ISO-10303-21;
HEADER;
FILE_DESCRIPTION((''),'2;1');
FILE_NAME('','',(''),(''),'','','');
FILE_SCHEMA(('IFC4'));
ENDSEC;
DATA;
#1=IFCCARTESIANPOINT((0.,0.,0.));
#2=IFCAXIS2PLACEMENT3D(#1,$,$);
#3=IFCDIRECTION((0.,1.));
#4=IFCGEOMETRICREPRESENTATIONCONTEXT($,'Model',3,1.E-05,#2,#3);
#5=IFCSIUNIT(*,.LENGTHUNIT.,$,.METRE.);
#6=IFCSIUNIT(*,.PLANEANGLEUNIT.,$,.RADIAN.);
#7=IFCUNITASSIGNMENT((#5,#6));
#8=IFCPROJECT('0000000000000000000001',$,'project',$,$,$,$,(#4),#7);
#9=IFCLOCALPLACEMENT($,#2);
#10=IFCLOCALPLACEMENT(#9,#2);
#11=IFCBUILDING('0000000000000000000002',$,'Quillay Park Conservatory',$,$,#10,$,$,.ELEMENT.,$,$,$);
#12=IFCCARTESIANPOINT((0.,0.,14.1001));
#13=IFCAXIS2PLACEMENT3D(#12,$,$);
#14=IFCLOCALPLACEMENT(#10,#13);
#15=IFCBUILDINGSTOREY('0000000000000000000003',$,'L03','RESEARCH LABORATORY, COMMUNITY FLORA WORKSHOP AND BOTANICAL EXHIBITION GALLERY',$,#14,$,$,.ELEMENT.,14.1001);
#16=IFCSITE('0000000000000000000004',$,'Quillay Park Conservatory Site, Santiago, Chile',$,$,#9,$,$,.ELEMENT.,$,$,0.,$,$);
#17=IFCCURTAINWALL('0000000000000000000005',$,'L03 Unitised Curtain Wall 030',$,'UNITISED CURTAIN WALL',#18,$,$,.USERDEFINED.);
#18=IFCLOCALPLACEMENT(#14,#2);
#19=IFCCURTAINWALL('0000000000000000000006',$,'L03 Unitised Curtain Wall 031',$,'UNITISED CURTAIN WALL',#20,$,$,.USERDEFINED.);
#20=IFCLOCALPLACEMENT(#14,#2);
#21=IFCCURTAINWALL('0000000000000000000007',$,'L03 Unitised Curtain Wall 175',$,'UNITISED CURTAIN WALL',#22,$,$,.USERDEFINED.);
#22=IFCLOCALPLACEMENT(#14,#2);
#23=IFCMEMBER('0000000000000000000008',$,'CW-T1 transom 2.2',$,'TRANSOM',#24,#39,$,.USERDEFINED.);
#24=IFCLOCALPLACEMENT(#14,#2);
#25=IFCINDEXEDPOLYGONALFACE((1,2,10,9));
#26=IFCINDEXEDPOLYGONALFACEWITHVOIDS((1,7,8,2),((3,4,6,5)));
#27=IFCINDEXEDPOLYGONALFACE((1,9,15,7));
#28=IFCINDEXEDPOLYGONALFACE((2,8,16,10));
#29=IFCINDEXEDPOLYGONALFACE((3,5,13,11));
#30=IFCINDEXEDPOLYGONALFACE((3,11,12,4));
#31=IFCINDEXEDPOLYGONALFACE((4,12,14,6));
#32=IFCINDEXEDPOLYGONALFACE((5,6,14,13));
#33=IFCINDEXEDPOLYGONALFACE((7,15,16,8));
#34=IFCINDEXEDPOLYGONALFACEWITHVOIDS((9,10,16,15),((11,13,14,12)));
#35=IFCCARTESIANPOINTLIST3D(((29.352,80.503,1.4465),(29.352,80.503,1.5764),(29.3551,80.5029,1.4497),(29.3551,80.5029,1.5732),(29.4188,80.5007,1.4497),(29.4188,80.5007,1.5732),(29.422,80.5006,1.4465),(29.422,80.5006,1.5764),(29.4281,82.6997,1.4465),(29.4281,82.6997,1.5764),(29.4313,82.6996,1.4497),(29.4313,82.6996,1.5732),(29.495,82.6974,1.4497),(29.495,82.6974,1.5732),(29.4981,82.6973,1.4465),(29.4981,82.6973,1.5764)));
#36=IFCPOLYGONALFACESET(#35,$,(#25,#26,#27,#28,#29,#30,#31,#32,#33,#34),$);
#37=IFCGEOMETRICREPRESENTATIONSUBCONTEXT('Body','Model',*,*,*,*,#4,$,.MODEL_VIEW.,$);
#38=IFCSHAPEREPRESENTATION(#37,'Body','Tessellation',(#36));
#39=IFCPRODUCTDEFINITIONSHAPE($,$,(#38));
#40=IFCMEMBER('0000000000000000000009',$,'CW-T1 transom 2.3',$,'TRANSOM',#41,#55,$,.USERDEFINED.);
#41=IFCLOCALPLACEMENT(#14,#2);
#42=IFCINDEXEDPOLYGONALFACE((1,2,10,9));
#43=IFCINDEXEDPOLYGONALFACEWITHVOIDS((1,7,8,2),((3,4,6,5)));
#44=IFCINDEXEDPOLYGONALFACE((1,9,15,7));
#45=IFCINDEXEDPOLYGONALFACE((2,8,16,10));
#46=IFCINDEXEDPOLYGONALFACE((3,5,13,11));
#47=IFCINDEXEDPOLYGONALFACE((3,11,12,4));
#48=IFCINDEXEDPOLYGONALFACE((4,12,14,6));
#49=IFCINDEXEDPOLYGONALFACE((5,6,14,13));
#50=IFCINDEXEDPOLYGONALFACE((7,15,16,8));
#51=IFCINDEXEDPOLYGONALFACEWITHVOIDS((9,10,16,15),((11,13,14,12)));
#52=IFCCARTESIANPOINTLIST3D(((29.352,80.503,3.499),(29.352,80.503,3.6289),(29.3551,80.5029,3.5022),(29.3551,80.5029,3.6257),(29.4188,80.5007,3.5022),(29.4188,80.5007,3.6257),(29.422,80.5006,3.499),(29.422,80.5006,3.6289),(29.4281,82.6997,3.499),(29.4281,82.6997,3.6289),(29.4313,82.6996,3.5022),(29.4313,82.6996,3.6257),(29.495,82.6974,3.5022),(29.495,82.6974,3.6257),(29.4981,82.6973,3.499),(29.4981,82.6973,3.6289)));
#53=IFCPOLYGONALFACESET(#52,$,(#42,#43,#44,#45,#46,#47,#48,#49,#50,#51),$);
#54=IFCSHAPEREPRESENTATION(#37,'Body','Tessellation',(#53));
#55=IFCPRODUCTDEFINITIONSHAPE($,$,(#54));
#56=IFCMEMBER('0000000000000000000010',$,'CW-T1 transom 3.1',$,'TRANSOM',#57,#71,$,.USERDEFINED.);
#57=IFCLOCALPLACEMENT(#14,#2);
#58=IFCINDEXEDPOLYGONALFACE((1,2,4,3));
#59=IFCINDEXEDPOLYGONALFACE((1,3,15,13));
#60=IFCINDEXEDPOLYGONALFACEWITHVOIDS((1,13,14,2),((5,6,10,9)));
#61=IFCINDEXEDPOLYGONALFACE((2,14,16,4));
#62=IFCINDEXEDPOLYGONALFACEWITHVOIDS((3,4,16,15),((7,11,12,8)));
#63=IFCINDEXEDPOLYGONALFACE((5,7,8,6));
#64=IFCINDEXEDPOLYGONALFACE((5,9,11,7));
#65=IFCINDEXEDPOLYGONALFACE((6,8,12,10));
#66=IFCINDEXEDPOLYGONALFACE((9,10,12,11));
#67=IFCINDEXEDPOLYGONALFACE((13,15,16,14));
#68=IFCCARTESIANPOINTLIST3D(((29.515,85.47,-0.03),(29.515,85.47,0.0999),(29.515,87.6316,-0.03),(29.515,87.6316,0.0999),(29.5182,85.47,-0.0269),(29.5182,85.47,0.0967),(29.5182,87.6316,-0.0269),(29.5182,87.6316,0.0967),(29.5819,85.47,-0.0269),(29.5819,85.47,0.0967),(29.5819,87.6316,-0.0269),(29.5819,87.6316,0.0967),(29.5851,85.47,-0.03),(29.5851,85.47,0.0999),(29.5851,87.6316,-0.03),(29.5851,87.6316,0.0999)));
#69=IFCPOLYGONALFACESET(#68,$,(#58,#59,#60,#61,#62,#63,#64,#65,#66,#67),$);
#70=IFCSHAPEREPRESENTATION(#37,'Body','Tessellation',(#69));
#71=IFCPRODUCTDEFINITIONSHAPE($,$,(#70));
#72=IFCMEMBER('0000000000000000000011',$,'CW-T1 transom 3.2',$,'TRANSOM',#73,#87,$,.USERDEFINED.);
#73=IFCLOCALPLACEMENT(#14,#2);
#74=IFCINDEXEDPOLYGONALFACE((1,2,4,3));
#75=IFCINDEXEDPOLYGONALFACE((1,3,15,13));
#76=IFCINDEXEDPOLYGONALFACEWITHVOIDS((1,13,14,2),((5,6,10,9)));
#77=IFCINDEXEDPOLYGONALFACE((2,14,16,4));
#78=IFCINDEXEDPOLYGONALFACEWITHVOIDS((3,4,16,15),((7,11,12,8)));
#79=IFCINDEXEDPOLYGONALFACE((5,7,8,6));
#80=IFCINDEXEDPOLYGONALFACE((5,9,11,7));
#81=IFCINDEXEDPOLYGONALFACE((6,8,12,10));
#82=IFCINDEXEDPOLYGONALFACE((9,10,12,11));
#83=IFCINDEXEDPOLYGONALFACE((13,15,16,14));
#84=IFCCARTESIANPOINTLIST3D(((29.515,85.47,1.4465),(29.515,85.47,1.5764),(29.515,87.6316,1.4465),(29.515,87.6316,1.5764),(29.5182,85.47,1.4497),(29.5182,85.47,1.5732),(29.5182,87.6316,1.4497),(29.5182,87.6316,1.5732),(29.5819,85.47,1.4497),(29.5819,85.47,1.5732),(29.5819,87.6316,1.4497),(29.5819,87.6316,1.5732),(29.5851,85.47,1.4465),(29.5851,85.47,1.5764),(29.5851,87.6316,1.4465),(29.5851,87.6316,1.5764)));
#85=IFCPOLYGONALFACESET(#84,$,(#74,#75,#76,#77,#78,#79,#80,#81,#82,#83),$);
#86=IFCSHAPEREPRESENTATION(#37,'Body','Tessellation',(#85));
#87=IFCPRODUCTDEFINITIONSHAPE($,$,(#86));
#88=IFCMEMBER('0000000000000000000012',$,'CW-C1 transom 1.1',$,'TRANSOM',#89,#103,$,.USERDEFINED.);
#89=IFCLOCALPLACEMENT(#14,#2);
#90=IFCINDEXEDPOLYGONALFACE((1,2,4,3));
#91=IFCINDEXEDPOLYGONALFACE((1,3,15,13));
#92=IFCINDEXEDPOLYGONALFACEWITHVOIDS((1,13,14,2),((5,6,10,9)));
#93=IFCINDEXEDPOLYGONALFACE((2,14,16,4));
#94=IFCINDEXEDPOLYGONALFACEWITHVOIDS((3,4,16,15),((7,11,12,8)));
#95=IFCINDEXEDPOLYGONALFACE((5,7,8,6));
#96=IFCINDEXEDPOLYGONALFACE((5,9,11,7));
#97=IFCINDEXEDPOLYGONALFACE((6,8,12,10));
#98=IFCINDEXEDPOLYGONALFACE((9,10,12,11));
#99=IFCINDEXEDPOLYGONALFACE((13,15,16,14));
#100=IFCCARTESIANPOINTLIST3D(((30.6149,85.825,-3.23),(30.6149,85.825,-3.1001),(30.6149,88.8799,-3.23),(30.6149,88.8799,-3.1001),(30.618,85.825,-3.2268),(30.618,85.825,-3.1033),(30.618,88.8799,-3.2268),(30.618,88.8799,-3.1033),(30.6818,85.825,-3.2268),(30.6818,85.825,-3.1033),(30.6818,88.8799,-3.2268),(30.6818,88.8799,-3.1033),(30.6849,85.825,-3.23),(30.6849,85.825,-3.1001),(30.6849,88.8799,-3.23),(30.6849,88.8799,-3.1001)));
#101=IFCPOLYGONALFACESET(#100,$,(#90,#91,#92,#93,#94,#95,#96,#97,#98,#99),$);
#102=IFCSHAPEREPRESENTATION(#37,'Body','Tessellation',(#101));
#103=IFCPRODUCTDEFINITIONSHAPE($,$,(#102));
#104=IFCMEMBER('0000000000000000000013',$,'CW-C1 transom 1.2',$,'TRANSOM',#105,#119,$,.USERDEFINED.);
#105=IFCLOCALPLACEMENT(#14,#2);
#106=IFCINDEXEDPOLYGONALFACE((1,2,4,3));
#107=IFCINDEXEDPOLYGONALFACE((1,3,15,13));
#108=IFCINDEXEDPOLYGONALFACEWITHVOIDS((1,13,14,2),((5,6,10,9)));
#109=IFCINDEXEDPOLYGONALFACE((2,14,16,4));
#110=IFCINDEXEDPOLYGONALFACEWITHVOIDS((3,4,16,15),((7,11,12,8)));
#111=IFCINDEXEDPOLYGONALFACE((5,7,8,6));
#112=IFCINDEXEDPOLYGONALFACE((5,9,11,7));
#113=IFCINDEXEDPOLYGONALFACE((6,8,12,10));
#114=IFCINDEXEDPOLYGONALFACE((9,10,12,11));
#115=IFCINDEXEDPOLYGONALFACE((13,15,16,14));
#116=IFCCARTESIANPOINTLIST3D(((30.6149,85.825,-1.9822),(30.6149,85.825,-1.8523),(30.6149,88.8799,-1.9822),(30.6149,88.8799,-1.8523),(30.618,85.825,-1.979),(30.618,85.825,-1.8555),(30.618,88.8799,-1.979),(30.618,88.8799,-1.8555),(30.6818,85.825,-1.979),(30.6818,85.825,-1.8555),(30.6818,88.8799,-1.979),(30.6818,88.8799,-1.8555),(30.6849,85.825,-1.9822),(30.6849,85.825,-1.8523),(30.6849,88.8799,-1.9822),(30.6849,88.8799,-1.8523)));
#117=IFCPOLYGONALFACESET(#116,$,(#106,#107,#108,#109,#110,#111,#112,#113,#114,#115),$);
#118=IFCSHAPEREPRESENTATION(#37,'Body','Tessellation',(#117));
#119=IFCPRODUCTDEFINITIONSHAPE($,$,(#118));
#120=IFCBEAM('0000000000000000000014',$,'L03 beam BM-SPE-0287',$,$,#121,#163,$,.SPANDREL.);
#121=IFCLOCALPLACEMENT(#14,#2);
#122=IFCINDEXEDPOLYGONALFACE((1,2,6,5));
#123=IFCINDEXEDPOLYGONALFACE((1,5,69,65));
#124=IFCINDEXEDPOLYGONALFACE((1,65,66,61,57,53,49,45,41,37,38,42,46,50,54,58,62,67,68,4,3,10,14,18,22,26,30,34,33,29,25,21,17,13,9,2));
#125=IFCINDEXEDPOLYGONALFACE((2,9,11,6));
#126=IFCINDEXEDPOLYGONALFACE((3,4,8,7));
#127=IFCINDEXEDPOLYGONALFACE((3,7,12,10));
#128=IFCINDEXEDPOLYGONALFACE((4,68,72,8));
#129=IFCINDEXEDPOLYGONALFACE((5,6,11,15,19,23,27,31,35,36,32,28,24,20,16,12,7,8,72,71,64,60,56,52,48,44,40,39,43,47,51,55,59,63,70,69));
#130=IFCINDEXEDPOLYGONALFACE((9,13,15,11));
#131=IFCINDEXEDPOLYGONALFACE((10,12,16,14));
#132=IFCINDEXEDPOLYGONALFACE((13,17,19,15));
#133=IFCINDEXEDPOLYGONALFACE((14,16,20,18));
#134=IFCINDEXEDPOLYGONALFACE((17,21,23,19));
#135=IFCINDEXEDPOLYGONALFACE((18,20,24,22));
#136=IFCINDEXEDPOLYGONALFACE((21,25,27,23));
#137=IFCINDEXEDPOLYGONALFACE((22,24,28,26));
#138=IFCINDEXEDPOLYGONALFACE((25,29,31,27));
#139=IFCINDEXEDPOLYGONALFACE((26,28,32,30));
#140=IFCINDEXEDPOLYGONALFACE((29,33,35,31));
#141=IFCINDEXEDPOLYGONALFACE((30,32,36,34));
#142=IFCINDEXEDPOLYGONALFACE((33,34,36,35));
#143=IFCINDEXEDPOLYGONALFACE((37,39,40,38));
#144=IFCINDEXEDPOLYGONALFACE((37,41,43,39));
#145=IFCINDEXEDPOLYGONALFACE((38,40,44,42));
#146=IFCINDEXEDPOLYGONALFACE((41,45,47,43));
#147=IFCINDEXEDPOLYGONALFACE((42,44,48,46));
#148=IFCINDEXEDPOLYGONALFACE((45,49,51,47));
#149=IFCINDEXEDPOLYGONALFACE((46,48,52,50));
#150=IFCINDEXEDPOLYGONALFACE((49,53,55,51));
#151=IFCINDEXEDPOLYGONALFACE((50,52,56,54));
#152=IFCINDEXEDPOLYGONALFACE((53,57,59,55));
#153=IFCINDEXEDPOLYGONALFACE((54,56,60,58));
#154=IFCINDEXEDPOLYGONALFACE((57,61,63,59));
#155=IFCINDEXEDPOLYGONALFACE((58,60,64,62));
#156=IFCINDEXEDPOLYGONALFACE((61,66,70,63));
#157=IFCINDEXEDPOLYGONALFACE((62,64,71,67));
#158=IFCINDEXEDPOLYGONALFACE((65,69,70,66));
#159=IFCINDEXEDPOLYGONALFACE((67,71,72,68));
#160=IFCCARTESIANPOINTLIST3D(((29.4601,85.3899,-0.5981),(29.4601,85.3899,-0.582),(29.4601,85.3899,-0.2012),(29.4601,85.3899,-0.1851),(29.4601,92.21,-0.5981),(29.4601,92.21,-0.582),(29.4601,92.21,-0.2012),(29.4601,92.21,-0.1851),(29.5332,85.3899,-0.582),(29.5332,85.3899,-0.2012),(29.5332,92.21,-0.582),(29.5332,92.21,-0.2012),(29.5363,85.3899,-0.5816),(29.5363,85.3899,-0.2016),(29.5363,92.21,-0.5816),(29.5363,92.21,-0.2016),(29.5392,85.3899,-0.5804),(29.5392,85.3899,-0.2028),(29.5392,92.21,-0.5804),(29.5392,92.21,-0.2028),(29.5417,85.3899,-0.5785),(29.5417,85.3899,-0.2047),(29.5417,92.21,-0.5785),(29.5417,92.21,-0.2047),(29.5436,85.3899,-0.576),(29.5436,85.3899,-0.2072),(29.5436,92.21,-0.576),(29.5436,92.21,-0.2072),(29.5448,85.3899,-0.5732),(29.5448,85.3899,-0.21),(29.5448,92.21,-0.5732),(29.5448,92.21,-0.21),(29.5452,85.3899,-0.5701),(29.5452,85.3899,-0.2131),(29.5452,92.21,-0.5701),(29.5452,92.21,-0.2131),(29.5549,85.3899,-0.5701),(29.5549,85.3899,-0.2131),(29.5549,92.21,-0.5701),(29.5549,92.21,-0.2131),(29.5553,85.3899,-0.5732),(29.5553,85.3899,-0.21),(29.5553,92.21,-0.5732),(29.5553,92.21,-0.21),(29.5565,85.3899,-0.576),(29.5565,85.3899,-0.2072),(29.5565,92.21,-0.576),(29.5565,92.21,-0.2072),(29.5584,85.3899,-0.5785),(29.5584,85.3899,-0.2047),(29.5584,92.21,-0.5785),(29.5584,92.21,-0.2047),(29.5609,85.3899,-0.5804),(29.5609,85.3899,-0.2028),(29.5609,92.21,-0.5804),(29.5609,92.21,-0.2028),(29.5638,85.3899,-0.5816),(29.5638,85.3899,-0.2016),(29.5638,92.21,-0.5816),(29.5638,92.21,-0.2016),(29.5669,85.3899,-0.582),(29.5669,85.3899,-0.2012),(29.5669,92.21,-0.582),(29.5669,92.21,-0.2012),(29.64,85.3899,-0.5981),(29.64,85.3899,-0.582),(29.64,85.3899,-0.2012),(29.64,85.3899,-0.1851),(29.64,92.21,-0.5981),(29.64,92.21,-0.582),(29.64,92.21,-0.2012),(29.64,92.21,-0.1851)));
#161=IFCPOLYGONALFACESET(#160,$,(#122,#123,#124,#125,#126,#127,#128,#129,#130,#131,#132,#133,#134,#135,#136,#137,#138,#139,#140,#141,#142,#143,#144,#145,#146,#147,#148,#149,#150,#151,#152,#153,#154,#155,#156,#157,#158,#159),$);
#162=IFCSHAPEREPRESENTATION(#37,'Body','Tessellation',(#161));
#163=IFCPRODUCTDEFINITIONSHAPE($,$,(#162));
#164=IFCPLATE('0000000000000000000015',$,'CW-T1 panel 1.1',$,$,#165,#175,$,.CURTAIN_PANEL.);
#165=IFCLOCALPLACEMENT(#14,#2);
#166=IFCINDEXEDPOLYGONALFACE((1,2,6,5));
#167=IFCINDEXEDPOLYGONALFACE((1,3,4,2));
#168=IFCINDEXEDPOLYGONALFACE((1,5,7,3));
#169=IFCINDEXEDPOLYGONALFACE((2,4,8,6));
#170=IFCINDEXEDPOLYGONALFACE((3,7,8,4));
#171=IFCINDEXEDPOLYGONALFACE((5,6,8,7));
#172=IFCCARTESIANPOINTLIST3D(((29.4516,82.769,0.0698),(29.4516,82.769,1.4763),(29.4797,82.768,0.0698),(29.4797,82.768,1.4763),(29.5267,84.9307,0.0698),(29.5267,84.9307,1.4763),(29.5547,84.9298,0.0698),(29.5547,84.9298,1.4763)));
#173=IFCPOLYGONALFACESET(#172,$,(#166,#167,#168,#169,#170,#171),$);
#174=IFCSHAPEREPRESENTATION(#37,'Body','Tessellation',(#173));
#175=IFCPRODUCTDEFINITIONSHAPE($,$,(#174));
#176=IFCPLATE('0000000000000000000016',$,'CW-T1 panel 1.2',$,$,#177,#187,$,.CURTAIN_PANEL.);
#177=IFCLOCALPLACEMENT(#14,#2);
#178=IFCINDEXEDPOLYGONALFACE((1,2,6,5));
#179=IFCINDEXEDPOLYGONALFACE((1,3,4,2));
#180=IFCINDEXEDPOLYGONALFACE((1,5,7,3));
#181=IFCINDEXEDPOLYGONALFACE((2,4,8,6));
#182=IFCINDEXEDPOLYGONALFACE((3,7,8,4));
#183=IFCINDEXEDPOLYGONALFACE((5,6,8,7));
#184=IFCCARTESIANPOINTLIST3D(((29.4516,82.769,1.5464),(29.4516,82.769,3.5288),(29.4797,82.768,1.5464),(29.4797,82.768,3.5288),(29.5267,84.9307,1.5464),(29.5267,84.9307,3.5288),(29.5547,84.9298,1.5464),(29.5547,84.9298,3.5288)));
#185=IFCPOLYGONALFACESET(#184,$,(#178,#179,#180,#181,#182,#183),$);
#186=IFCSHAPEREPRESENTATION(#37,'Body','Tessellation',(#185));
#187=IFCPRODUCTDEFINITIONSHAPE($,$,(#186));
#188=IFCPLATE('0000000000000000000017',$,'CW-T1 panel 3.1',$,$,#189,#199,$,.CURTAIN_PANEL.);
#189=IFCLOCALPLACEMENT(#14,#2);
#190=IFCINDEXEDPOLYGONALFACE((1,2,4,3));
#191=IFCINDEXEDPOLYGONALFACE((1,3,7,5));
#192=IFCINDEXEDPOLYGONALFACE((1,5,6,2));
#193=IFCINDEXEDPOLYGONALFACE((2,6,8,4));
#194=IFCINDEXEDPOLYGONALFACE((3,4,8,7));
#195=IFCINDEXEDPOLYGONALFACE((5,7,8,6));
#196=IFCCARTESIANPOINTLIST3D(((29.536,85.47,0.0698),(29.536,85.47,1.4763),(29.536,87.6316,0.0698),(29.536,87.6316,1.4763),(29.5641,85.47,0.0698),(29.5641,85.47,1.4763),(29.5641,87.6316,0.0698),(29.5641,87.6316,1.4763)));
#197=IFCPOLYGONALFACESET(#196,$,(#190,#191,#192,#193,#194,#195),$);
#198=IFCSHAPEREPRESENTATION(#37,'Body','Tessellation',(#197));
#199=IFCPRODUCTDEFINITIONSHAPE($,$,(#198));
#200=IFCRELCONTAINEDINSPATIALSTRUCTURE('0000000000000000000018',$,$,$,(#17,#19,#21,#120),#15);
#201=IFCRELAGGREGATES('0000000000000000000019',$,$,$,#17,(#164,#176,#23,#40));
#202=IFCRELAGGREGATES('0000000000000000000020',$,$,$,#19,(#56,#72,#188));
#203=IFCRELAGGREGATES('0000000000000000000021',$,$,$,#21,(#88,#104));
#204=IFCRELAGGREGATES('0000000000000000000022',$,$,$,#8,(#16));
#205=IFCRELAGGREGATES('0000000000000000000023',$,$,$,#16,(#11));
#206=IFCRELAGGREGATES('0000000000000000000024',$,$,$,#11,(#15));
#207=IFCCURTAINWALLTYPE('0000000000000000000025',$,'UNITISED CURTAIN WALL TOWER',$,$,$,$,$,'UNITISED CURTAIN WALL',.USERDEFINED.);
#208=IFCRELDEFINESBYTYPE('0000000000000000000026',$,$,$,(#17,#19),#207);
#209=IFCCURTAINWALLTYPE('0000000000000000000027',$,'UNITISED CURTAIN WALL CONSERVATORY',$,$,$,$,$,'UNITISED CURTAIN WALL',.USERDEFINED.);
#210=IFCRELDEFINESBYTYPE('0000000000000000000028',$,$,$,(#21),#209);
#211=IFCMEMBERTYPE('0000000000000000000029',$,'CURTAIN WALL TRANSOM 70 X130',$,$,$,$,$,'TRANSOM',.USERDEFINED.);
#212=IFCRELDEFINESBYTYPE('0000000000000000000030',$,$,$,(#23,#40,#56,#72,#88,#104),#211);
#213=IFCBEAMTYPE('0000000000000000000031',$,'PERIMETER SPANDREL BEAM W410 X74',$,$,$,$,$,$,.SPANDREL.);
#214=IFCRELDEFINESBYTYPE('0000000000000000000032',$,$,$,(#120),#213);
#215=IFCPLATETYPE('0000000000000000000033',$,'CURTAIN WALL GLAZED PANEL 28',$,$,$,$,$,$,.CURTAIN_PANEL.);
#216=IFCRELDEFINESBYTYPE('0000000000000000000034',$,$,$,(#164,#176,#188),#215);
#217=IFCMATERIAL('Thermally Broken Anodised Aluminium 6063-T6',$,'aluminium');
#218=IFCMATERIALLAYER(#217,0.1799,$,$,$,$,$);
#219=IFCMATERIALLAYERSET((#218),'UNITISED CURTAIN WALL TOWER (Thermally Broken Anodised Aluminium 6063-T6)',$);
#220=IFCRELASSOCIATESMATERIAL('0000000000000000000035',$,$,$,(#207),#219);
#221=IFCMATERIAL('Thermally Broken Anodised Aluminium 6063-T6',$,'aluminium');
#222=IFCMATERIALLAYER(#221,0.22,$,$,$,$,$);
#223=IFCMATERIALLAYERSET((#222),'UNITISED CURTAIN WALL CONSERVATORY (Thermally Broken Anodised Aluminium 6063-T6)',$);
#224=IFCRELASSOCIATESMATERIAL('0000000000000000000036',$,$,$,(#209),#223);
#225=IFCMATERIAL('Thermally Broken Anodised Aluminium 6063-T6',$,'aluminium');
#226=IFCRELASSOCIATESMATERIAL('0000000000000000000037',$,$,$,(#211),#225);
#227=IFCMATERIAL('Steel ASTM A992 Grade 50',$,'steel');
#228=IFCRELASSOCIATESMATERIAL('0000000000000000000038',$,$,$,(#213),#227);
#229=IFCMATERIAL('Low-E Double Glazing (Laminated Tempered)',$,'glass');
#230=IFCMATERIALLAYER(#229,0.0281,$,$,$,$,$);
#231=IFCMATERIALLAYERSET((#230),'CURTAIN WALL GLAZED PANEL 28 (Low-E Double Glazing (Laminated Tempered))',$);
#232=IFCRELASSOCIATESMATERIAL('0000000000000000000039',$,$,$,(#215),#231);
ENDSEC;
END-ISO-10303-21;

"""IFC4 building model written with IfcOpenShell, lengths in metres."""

from ifc_helpers import new_model, si_unit, direction, frame, origin, origin_2d, place, context, subcontext, project, spatial, rectangle, hollow_rectangle, i_section, extrude, material, layer, layer_set, material_profile, profile_set, type_object, element, aggregate, save


model = new_model("IFC4")

# Units and contexts
model_context = context("Model", 3, precision=1e-05, world=origin(), true_north=direction((0.0, 1.0)))
body_context = subcontext(model_context, "Body", "Model", "MODEL_VIEW")
ifc_project = project(units=[si_unit("LENGTHUNIT", "METRE"), si_unit("PLANEANGLEUNIT", "RADIAN")], contexts=[model_context])

# Site, building, storey
site_placement = place(None, origin())
site = spatial("IfcSite", under=ifc_project, at=site_placement, Name="Quillay Park Conservatory Site, Santiago, Chile", CompositionType="ELEMENT", RefElevation=0.0)
building_placement = place(site_placement, origin())
building = spatial("IfcBuilding", under=site, at=building_placement, Name="Quillay Park Conservatory", CompositionType="ELEMENT")
storey_placement = place(building_placement, frame((0.0, 0.0, 14.1001)))
storey = spatial("IfcBuildingStorey", under=building, at=storey_placement, Name="L03", Description="RESEARCH LABORATORY, COMMUNITY FLORA WORKSHOP AND BOTANICAL EXHIBITION GALLERY", CompositionType="ELEMENT", Elevation=14.1001)

# Curtain wall
ifc_material_1 = material(Name="Thermally Broken Anodised Aluminium 6063-T6", Category="aluminium")
ifc_layer_1 = layer(ifc_material_1, 0.1799)
ifc_layer_set_1 = layer_set([ifc_layer_1], Name="UNITISED CURTAIN WALL TOWER (Thermally Broken Anodised Aluminium 6063-T6)")
curtain_wall_type_1 = type_object("IfcCurtainWallType", Name="UNITISED CURTAIN WALL TOWER", ElementType="UNITISED CURTAIN WALL", PredefinedType="USERDEFINED", material=ifc_layer_set_1)
curtain_wall_1_placement = place(storey_placement, origin())
curtain_wall_1 = element("IfcCurtainWall", 1, at=curtain_wall_1_placement, inside=storey, type_object=curtain_wall_type_1, Name="L03 Unitised Curtain Wall 030", ObjectType="UNITISED CURTAIN WALL", PredefinedType="USERDEFINED")

# Curtain walls
curtain_wall_2_placement = place(storey_placement, origin())
curtain_wall_2 = element("IfcCurtainWall", 2, at=curtain_wall_2_placement, inside=storey, type_object=curtain_wall_type_1, Name="L03 Unitised Curtain Wall 031", ObjectType="UNITISED CURTAIN WALL", PredefinedType="USERDEFINED")
ifc_material_2 = material(Name="Thermally Broken Anodised Aluminium 6063-T6", Category="aluminium")
ifc_layer_2 = layer(ifc_material_2, 0.22)
ifc_layer_set_2 = layer_set([ifc_layer_2], Name="UNITISED CURTAIN WALL CONSERVATORY (Thermally Broken Anodised Aluminium 6063-T6)")
curtain_wall_type_2 = type_object("IfcCurtainWallType", Name="UNITISED CURTAIN WALL CONSERVATORY", ElementType="UNITISED CURTAIN WALL", PredefinedType="USERDEFINED", material=ifc_layer_set_2)
curtain_wall_3_placement = place(storey_placement, origin())
curtain_wall_3 = element("IfcCurtainWall", 3, at=curtain_wall_3_placement, inside=storey, type_object=curtain_wall_type_2, Name="L03 Unitised Curtain Wall 175", ObjectType="UNITISED CURTAIN WALL", PredefinedType="USERDEFINED")

# Members
ifc_material_3 = material(Name="Thermally Broken Anodised Aluminium 6063-T6", Category="aluminium")
ifc_material_profile_1 = material_profile(ifc_material_3, hollow_rectangle(XDim=0.0701, YDim=0.1299, WallThickness=0.0032, at=origin_2d()), Name="AL70x130x3.2")
ifc_profile_set_1 = profile_set([ifc_material_profile_1], Name="Thermally Broken Anodised Aluminium 6063-T6")
member_type_1 = type_object("IfcMemberType", Name="CURTAIN WALL TRANSOM 70 X130", ElementType="TRANSOM", PredefinedType="USERDEFINED", material=ifc_profile_set_1)
member_1_placement = place(storey_placement, frame((29.4631, 82.6985, 1.5115), z_axis=(-0.034654, -0.999399, 0.0), x_axis=(0.999399, -0.034654, 0.0)))
member_1 = element("IfcMember", 4, at=member_1_placement, type_object=member_type_1, Name="CW-T1 transom 2.2", ObjectType="TRANSOM", PredefinedType="USERDEFINED", context=body_context, shape_type="SweptSolid", body=[
    extrude(hollow_rectangle(XDim=0.0701, YDim=0.1299, WallThickness=0.0032, at=origin_2d()), origin(), (0.0, 0.0, 1.0), 2.198),
])
member_2_placement = place(storey_placement, frame((29.4631, 82.6985, 3.564), z_axis=(-0.034654, -0.999399, 0.0), x_axis=(0.999399, -0.034654, 0.0)))
member_2 = element("IfcMember", 5, at=member_2_placement, type_object=member_type_1, Name="CW-T1 transom 2.3", ObjectType="TRANSOM", PredefinedType="USERDEFINED", context=body_context, shape_type="SweptSolid", body=[
    extrude(hollow_rectangle(XDim=0.0701, YDim=0.1299, WallThickness=0.0032, at=origin_2d()), origin(), (0.0, 0.0, 1.0), 2.198),
])
member_3_placement = place(storey_placement, frame((29.55, 87.6316, 0.0349), z_axis=(0.0, -1.0, 0.0), x_axis=(1.0, 0.0, 0.0)))
member_3 = element("IfcMember", 6, at=member_3_placement, type_object=member_type_1, Name="CW-T1 transom 3.1", ObjectType="TRANSOM", PredefinedType="USERDEFINED", context=body_context, shape_type="SweptSolid", body=[
    extrude(hollow_rectangle(XDim=0.0701, YDim=0.1299, WallThickness=0.0032, at=origin_2d()), origin(), (0.0, 0.0, 1.0), 2.1616),
])
member_4_placement = place(storey_placement, frame((29.55, 87.6316, 1.5115), z_axis=(0.0, -1.0, 0.0), x_axis=(1.0, 0.0, 0.0)))
member_4 = element("IfcMember", 7, at=member_4_placement, type_object=member_type_1, Name="CW-T1 transom 3.2", ObjectType="TRANSOM", PredefinedType="USERDEFINED", context=body_context, shape_type="SweptSolid", body=[
    extrude(hollow_rectangle(XDim=0.0701, YDim=0.1299, WallThickness=0.0032, at=origin_2d()), origin(), (0.0, 0.0, 1.0), 2.1616),
])
member_5_placement = place(storey_placement, frame((30.6499, 85.825, -3.165), z_axis=(0.0, 1.0, 0.0), x_axis=(-1.0, 0.0, 0.0)))
member_5 = element("IfcMember", 8, at=member_5_placement, type_object=member_type_1, Name="CW-C1 transom 1.1", ObjectType="TRANSOM", PredefinedType="USERDEFINED", context=body_context, shape_type="SweptSolid", body=[
    extrude(hollow_rectangle(XDim=0.0701, YDim=0.1299, WallThickness=0.0032, at=origin_2d()), origin(), (0.0, 0.0, 1.0), 3.0549),
])
member_6_placement = place(storey_placement, frame((30.6499, 85.825, -1.9172), z_axis=(0.0, 1.0, 0.0), x_axis=(-1.0, 0.0, 0.0)))
member_6 = element("IfcMember", 9, at=member_6_placement, type_object=member_type_1, Name="CW-C1 transom 1.2", ObjectType="TRANSOM", PredefinedType="USERDEFINED", context=body_context, shape_type="SweptSolid", body=[
    extrude(hollow_rectangle(XDim=0.0701, YDim=0.1299, WallThickness=0.0032, at=origin_2d()), origin(), (0.0, 0.0, 1.0), 3.0549),
])

# Beam
ifc_material_4 = material(Name="Steel ASTM A992 Grade 50", Category="steel")
ifc_material_profile_2 = material_profile(ifc_material_4, i_section(OverallWidth=0.1799, OverallDepth=0.4131, WebThickness=0.0098, FlangeThickness=0.0161, FilletRadius=0.012, at=origin_2d()), Name="W410x74")
ifc_profile_set_2 = profile_set([ifc_material_profile_2], Name="Steel ASTM A992 Grade 50")
beam_type = type_object("IfcBeamType", Name="PERIMETER SPANDREL BEAM W410 X74", PredefinedType="SPANDREL", material=ifc_profile_set_2)
beam_placement = place(storey_placement, frame((29.55, 85.3899, -0.3916), z_axis=(0.0, 1.0, 0.0), x_axis=(-1.0, 0.0, 0.0)))
element("IfcBeam", 10, at=beam_placement, inside=storey, type_object=beam_type, Name="L03 beam BM-SPE-0287", PredefinedType="SPANDREL", context=body_context, shape_type="SweptSolid", body=[
    extrude(i_section(OverallWidth=0.1799, OverallDepth=0.4131, WebThickness=0.0098, FlangeThickness=0.0161, FilletRadius=0.012, at=origin_2d()), origin(), (0.0, 0.0, 1.0), 6.8201),
])

# Plates
ifc_material_5 = material(Name="Low-E Double Glazing (Laminated Tempered)", Category="glass")
ifc_layer_3 = layer(ifc_material_5, 0.0281)
ifc_layer_set_3 = layer_set([ifc_layer_3], Name="CURTAIN WALL GLAZED PANEL 28 (Low-E Double Glazing (Laminated Tempered))")
plate_type_1 = type_object("IfcPlateType", Name="CURTAIN WALL GLAZED PANEL 28", PredefinedType="CURTAIN_PANEL", material=ifc_layer_set_3)
plate_1_placement = place(storey_placement, frame((29.5032, 83.8494, 0.0698), z_axis=(0.0, 0.0, 1.0), x_axis=(-0.034713, -0.999397, 0.0)))
plate_1 = element("IfcPlate", 11, at=plate_1_placement, type_object=plate_type_1, Name="CW-T1 panel 1.1", PredefinedType="CURTAIN_PANEL", context=body_context, shape_type="SweptSolid", body=[
    extrude(rectangle(XDim=2.1631, YDim=0.0281, at=origin_2d()), origin(), (0.0, 0.0, 1.0), 1.4065),
])
plate_2_placement = place(storey_placement, frame((29.5032, 83.8494, 1.5464), z_axis=(0.0, 0.0, 1.0), x_axis=(-0.034713, -0.999397, 0.0)))
plate_2 = element("IfcPlate", 12, at=plate_2_placement, type_object=plate_type_1, Name="CW-T1 panel 1.2", PredefinedType="CURTAIN_PANEL", context=body_context, shape_type="SweptSolid", body=[
    extrude(rectangle(XDim=2.1631, YDim=0.0281, at=origin_2d()), origin(), (0.0, 0.0, 1.0), 1.9824),
])
aggregate(curtain_wall_1, [plate_1, plate_2, member_1, member_2])
plate_3_placement = place(storey_placement, frame((29.55, 86.5508, 0.0698), z_axis=(0.0, 0.0, 1.0), x_axis=(0.0, -1.0, 0.0)))
plate_3 = element("IfcPlate", 13, at=plate_3_placement, type_object=plate_type_1, Name="CW-T1 panel 3.1", PredefinedType="CURTAIN_PANEL", context=body_context, shape_type="SweptSolid", body=[
    extrude(rectangle(XDim=2.1616, YDim=0.0281, at=origin_2d()), origin(), (0.0, 0.0, 1.0), 1.4065),
])
aggregate(curtain_wall_2, [member_3, member_4, plate_3])
aggregate(curtain_wall_3, [member_5, member_6])

save(model, "model.ifc")
